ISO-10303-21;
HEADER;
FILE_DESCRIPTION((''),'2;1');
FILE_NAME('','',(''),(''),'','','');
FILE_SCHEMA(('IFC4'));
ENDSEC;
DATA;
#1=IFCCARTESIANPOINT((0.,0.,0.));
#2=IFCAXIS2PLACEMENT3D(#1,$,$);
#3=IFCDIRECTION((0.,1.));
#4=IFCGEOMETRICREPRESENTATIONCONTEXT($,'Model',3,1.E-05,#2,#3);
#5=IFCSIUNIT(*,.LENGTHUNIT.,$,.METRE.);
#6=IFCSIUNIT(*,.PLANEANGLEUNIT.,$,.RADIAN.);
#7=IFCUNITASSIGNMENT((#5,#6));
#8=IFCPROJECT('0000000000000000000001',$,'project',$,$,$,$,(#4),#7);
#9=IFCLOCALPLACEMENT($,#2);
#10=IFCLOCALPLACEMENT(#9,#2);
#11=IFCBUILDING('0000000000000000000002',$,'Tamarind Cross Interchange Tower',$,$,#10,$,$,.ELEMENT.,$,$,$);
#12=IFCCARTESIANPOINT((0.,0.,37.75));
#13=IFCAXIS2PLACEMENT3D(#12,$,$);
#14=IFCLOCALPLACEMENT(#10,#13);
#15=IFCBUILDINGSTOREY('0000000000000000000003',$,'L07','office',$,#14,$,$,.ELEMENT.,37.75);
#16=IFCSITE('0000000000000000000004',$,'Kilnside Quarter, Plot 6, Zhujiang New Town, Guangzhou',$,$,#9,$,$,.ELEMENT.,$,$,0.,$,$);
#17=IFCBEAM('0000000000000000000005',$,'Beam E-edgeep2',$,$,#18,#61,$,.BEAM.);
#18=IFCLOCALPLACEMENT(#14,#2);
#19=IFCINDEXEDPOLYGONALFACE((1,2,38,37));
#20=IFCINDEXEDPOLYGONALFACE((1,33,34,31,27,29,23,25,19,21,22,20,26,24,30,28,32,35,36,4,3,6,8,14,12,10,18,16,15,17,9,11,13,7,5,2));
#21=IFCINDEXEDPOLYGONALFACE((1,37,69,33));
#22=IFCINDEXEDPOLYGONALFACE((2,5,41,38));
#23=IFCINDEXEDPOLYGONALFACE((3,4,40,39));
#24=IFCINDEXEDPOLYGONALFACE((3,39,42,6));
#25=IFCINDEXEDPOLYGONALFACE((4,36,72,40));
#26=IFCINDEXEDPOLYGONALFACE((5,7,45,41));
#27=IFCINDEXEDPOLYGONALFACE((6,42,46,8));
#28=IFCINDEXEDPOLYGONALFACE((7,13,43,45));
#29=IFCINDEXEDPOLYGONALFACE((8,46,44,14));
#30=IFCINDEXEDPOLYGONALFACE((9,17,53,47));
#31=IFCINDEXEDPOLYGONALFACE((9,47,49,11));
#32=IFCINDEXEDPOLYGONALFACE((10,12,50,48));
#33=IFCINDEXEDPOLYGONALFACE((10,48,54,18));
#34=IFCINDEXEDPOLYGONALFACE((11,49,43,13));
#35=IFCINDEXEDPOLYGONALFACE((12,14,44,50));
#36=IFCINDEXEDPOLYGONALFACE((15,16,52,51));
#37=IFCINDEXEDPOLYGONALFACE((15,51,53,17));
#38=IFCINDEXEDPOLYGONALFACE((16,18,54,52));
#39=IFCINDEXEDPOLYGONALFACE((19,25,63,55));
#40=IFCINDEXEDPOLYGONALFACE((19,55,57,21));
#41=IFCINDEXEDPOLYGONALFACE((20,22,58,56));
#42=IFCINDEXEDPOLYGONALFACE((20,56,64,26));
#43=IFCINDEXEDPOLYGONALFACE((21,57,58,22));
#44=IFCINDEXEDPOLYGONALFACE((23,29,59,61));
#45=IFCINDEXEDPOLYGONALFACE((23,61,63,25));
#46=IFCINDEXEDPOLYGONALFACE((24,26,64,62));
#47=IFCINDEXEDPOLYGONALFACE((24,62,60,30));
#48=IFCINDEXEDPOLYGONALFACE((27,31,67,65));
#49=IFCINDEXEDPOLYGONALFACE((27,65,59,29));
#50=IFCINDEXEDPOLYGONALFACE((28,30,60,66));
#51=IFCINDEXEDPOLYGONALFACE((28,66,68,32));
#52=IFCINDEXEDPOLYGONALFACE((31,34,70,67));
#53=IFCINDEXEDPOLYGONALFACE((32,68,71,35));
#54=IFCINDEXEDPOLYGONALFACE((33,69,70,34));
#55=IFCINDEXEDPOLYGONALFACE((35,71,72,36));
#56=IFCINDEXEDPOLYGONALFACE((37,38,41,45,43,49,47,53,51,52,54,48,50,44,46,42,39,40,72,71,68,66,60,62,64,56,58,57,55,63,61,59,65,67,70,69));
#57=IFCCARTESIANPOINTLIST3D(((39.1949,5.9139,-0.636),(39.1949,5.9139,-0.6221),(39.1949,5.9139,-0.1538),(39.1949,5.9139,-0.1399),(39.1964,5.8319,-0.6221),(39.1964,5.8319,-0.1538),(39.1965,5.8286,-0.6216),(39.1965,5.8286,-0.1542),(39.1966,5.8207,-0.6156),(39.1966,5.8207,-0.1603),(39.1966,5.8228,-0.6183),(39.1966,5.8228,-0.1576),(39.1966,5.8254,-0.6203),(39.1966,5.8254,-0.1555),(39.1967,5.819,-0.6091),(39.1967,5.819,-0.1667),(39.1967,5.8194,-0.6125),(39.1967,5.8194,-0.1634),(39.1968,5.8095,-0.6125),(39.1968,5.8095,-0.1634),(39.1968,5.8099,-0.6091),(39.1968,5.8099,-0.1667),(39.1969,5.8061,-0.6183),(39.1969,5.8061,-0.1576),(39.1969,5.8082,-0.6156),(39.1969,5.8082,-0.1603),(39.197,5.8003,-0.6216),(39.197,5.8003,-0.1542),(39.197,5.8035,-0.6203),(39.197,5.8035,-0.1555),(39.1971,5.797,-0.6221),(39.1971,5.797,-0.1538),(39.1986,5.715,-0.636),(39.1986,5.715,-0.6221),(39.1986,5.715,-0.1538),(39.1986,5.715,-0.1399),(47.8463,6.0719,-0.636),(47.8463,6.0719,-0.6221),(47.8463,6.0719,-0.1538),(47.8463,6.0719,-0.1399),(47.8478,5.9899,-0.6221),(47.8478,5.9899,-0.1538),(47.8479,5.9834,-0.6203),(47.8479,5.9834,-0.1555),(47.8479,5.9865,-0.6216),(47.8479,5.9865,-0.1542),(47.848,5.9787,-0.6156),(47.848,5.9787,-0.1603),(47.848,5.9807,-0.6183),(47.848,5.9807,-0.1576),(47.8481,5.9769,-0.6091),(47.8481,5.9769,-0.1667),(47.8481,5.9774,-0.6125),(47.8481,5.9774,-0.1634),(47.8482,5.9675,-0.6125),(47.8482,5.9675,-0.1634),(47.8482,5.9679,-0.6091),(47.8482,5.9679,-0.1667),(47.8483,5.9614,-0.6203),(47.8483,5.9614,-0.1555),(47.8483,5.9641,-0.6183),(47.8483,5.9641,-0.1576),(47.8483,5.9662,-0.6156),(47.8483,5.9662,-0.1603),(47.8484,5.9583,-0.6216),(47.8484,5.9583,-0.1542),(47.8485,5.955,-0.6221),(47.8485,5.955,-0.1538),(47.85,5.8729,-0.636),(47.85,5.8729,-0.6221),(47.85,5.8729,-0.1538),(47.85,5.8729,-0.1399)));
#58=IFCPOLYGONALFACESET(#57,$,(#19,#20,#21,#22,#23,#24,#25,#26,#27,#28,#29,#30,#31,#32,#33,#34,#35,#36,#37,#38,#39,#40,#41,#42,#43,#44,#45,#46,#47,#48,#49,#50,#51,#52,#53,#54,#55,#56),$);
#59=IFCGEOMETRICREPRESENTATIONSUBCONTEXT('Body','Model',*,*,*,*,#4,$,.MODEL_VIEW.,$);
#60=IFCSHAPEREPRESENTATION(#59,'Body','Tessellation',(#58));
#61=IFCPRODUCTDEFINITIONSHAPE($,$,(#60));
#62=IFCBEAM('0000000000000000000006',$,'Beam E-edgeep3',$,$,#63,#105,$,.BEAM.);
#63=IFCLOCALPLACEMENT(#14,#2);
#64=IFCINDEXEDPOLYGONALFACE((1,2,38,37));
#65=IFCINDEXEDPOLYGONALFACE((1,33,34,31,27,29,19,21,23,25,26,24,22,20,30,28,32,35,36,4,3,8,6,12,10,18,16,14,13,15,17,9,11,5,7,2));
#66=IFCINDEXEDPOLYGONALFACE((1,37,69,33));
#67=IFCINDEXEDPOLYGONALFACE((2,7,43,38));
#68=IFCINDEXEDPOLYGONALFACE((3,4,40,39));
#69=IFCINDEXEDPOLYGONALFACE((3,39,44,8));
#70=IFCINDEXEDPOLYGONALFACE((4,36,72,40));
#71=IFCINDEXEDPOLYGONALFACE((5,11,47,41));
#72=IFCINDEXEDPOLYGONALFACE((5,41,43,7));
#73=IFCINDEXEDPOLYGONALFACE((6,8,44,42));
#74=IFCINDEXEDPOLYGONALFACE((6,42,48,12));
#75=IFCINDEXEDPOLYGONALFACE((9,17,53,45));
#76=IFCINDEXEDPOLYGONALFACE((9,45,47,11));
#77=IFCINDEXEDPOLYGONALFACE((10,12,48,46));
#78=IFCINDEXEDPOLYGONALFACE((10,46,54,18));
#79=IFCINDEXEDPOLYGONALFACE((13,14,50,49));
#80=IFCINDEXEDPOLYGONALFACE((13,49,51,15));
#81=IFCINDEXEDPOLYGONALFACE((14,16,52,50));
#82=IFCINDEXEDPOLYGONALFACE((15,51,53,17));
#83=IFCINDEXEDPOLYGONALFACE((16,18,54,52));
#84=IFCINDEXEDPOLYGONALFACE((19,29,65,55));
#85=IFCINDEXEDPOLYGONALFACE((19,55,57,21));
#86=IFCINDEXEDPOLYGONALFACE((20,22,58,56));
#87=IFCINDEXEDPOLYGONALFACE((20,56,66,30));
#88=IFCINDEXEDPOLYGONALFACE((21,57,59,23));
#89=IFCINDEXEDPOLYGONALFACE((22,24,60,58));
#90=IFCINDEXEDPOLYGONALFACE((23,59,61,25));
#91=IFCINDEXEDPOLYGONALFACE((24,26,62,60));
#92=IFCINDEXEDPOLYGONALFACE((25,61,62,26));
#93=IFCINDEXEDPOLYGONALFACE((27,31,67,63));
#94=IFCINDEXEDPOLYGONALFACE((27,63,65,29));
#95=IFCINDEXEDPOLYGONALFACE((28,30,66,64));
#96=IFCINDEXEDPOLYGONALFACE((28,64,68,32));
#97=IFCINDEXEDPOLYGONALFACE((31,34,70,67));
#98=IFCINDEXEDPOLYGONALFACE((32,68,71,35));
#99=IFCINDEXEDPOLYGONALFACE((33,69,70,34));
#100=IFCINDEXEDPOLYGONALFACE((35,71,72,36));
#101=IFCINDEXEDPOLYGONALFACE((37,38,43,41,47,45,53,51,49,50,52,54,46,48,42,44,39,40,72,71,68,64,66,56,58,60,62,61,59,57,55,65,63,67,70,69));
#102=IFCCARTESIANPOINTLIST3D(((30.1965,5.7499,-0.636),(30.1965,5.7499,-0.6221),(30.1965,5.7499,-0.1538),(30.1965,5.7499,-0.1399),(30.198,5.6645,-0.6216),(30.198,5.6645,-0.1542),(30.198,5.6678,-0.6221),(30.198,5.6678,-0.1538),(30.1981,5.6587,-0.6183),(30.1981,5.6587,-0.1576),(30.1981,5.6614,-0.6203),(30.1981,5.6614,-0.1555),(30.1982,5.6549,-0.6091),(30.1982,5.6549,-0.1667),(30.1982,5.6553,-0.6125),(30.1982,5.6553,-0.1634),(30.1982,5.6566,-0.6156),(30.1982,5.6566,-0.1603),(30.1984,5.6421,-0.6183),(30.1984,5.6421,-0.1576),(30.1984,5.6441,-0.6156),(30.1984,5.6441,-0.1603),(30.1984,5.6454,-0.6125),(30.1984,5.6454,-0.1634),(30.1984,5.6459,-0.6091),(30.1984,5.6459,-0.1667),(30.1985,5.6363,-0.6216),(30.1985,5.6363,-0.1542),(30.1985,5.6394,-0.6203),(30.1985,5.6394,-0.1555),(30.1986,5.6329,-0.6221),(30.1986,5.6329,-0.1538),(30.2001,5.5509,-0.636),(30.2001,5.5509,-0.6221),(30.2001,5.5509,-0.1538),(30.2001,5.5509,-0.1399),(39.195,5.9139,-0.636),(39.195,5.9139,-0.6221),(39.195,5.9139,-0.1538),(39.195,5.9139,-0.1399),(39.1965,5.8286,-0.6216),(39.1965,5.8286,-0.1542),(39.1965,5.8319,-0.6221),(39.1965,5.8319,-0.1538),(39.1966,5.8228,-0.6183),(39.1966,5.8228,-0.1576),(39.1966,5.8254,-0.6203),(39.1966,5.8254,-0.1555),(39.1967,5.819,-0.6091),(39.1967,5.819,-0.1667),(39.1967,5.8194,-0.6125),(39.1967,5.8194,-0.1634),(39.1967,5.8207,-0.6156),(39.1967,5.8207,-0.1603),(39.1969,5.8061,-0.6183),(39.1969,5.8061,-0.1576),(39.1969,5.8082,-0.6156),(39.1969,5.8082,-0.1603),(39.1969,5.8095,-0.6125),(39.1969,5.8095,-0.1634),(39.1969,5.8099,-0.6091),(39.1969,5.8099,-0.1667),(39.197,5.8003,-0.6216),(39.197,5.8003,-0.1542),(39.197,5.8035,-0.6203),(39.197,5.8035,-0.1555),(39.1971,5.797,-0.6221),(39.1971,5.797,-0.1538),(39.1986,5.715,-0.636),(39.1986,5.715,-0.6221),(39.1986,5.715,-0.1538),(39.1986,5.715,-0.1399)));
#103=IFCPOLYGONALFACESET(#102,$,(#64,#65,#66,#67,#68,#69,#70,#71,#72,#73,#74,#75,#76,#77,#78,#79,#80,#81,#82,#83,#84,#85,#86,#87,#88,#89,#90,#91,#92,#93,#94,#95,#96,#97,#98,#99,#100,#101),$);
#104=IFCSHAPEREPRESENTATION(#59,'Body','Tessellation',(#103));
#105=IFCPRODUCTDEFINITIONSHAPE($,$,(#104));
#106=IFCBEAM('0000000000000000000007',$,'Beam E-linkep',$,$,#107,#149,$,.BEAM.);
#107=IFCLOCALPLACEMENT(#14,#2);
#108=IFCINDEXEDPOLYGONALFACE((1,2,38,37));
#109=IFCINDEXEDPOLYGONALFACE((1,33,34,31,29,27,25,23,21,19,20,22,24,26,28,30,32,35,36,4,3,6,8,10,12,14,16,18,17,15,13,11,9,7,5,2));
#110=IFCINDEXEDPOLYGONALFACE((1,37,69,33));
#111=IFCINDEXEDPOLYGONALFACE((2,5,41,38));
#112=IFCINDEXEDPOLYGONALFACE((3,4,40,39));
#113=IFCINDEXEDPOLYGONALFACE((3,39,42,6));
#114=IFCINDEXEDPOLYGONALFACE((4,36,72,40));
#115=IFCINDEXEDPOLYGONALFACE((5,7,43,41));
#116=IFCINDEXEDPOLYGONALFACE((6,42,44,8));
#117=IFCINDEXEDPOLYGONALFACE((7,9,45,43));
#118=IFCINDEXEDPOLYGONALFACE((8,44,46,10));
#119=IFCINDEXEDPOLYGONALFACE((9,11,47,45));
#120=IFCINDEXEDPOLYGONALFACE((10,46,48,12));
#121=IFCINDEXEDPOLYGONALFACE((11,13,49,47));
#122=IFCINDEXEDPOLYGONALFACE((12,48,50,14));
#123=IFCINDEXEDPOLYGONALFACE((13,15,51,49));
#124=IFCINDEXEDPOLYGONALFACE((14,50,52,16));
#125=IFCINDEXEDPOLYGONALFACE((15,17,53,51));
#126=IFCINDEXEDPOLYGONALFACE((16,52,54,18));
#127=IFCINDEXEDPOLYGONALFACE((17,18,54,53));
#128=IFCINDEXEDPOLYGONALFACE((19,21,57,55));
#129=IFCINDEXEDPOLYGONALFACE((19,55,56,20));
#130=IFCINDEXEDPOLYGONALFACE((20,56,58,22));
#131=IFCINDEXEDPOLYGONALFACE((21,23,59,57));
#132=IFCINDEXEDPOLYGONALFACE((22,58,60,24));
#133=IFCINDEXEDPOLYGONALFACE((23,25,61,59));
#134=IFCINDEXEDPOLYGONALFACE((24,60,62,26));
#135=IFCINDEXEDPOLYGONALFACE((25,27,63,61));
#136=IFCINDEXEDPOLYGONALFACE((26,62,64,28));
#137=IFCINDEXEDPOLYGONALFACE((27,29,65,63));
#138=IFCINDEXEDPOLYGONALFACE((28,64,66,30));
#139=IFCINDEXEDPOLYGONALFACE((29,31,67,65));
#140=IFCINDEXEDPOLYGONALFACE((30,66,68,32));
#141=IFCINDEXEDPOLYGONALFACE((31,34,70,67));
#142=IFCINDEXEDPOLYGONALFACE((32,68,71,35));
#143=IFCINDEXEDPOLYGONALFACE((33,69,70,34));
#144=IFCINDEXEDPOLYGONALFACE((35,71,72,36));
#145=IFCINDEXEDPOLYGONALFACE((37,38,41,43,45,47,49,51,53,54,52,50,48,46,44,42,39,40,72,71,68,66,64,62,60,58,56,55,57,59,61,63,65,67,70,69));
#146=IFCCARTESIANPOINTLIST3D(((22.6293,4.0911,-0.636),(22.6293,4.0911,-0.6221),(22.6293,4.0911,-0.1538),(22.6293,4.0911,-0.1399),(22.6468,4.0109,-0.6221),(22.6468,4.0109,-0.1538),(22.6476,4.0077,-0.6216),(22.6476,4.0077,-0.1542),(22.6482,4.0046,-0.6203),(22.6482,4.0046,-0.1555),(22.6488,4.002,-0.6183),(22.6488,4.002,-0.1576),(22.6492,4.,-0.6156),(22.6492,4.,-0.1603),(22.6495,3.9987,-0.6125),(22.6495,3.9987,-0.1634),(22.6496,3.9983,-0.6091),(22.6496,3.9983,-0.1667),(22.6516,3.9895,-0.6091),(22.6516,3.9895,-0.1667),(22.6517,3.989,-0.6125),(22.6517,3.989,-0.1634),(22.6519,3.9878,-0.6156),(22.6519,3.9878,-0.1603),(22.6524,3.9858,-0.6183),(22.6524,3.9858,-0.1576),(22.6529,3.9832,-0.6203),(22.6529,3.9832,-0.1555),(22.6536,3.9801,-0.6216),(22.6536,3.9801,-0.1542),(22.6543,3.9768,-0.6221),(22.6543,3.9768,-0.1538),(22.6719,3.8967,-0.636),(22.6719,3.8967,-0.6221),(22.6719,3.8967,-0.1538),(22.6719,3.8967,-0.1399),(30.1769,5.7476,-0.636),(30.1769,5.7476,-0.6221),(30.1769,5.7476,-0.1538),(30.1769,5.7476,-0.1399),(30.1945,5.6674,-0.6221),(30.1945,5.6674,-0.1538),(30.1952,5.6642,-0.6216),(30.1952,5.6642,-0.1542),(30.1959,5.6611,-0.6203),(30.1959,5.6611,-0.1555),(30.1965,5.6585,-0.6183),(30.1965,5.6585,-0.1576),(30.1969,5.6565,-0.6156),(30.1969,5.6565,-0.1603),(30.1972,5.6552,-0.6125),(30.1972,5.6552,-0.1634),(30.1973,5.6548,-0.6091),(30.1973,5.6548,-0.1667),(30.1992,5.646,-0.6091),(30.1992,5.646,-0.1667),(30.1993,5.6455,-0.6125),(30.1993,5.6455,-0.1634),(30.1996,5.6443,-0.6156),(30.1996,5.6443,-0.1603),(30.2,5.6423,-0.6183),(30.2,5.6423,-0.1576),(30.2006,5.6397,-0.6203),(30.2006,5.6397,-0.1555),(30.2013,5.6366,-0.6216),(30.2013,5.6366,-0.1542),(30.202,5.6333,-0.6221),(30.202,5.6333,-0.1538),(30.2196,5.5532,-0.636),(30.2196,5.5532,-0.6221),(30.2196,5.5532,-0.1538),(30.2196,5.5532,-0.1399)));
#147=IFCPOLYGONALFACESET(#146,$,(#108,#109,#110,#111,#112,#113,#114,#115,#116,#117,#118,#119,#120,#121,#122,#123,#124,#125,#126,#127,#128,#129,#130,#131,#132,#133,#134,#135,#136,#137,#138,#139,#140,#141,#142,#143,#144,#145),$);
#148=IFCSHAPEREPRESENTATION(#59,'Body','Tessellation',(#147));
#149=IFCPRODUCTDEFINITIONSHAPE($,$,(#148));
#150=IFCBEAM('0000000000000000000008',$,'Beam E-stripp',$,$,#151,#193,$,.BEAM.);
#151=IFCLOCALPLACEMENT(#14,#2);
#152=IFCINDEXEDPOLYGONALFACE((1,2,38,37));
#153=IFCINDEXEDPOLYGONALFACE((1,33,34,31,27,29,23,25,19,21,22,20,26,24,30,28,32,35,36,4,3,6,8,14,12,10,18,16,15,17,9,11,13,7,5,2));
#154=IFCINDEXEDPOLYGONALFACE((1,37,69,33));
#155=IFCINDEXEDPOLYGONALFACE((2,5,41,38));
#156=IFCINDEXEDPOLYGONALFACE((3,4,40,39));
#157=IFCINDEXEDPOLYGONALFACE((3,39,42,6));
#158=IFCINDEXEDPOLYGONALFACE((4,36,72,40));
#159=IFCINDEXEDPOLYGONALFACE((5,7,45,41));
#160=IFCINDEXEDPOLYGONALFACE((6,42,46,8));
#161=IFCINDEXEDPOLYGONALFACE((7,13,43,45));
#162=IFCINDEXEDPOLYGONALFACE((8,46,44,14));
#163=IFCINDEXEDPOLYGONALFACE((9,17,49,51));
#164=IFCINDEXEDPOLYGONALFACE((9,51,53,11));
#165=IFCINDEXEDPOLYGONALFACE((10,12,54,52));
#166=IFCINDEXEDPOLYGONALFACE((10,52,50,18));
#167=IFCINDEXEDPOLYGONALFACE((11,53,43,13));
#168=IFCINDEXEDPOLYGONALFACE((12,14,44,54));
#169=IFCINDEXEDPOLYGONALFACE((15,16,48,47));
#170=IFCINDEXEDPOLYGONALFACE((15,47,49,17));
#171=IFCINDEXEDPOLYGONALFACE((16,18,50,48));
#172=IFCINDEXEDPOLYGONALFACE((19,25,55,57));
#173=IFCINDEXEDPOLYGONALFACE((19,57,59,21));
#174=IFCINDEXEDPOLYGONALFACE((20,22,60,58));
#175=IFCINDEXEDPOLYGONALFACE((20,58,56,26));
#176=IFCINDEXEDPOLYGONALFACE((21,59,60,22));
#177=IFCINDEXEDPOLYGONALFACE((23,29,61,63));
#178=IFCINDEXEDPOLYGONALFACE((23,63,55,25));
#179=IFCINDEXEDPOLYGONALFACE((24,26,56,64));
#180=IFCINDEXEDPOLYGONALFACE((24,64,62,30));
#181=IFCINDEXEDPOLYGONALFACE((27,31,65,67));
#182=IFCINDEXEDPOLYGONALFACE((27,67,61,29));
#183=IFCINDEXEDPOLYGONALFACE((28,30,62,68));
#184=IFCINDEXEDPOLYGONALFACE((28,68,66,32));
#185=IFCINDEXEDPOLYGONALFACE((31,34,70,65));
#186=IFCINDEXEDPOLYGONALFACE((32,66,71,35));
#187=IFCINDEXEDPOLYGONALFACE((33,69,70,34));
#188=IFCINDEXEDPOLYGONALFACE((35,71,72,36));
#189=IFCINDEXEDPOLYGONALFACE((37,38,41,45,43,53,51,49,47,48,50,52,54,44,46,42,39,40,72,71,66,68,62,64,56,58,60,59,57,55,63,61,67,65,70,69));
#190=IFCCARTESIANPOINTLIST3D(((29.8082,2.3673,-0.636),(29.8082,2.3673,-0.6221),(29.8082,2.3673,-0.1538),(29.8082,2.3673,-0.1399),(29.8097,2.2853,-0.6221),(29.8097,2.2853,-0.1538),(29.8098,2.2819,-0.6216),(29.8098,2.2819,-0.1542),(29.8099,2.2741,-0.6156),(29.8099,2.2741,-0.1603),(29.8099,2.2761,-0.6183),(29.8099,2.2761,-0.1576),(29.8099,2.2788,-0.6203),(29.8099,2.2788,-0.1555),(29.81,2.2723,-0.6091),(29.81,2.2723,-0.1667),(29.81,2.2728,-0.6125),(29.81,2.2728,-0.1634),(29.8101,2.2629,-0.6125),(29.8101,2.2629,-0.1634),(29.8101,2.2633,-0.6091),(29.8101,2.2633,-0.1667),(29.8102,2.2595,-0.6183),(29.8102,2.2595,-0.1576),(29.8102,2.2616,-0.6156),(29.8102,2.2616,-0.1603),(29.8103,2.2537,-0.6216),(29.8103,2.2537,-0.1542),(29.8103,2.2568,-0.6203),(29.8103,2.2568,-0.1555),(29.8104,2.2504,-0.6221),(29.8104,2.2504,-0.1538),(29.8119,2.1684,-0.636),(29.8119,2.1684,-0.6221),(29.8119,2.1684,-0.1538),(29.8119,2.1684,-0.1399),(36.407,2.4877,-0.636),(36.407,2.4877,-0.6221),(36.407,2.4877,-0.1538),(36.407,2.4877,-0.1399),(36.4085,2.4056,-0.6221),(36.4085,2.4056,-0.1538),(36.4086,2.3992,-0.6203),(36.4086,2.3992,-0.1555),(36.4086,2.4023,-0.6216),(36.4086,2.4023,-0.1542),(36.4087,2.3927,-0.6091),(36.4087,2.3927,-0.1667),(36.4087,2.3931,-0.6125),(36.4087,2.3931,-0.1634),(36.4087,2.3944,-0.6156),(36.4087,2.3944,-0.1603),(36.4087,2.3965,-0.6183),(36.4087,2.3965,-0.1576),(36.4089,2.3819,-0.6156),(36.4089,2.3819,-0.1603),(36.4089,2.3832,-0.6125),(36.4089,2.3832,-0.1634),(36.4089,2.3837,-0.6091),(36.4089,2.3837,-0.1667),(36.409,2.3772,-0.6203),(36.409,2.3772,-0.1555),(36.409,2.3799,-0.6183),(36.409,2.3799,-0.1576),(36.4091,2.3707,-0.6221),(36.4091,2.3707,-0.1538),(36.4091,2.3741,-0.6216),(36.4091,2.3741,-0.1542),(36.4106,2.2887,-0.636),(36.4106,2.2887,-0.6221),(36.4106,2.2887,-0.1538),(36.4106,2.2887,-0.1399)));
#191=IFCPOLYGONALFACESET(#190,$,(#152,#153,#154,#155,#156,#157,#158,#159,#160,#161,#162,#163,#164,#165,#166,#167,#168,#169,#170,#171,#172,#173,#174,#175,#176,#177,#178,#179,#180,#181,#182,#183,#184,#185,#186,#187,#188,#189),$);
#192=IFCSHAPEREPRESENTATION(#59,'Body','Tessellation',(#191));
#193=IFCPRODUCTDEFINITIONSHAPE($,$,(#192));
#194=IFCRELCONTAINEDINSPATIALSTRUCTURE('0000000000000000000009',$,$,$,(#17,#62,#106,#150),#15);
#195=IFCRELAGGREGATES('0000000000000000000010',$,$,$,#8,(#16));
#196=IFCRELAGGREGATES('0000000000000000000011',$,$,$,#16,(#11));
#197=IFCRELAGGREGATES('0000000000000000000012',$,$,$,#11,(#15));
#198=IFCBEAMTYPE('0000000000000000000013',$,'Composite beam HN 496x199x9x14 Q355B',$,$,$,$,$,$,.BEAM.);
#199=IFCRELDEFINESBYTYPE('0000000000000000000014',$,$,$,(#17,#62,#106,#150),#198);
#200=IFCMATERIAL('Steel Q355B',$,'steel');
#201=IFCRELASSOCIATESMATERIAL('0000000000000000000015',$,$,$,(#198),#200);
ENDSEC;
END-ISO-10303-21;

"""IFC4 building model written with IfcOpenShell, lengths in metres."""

from ifc_helpers import new_model, si_unit, direction, frame, origin, origin_2d, place, context, subcontext, project, spatial, i_section, extrude, material, material_profile, profile_set, type_object, element, save


model = new_model("IFC4")

# Units and contexts
model_context = context("Model", 3, precision=1e-05, world=origin(), true_north=direction((0.0, 1.0)))
body_context = subcontext(model_context, "Body", "Model", "MODEL_VIEW")
ifc_project = project(units=[si_unit("LENGTHUNIT", "METRE"), si_unit("PLANEANGLEUNIT", "RADIAN")], contexts=[model_context])

# Site, building, storey
site_placement = place(None, origin())
site = spatial("IfcSite", under=ifc_project, at=site_placement, Name="Kilnside Quarter, Plot 6, Zhujiang New Town, Guangzhou", CompositionType="ELEMENT", RefElevation=0.0)
building_placement = place(site_placement, origin())
building = spatial("IfcBuilding", under=site, at=building_placement, Name="Tamarind Cross Interchange Tower", CompositionType="ELEMENT")
storey_placement = place(building_placement, frame((0.0, 0.0, 37.75)))
storey = spatial("IfcBuildingStorey", under=building, at=storey_placement, Name="L07", Description="office", CompositionType="ELEMENT", Elevation=37.75)

# Beams
ifc_material_1 = material(Name="Steel Q355B", Category="steel")
ifc_material_profile_1 = material_profile(ifc_material_1, i_section(OverallWidth=0.199, OverallDepth=0.4961, WebThickness=0.009, FlangeThickness=0.0139, FilletRadius=0.0129, at=origin_2d()), Name="HN 496x199x9x14")
ifc_profile_set_1 = profile_set([ifc_material_profile_1], Name="Steel Q355B")
beam_type_1 = type_object("IfcBeamType", Name="Composite beam HN 496x199x9x14 Q355B", PredefinedType="BEAM", material=ifc_profile_set_1)
beam_1_placement = place(storey_placement, frame((47.8481, 5.9724, -0.3879), z_axis=(-0.999833, -0.018255, 0.0), x_axis=(0.018255, -0.999833, 0.0)))
element("IfcBeam", 1, at=beam_1_placement, inside=storey, type_object=beam_type_1, Name="Beam E-edgeep2", PredefinedType="BEAM", context=body_context, shape_type="SweptSolid", body=[
    extrude(i_section(OverallWidth=0.199, OverallDepth=0.4961, WebThickness=0.009, FlangeThickness=0.0139, FilletRadius=0.0129, at=origin_2d()), origin(), (0.0, 0.0, 1.0), 8.6528),
])
beam_2_placement = place(storey_placement, frame((39.1968, 5.8145, -0.3879), z_axis=(-0.999834, -0.018229, 0.0), x_axis=(0.018229, -0.999834, 0.0)))
element("IfcBeam", 2, at=beam_2_placement, inside=storey, type_object=beam_type_1, Name="Beam E-edgeep3", PredefinedType="BEAM", context=body_context, shape_type="SweptSolid", body=[
    extrude(i_section(OverallWidth=0.199, OverallDepth=0.4961, WebThickness=0.009, FlangeThickness=0.0139, FilletRadius=0.0129, at=origin_2d()), origin(), (0.0, 0.0, 1.0), 9.0),
])
beam_3_placement = place(storey_placement, frame((30.1982, 5.6504, -0.3879), z_axis=(-0.976752, -0.214371, 0.0), x_axis=(0.214371, -0.976752, 0.0)))
element("IfcBeam", 3, at=beam_3_placement, inside=storey, type_object=beam_type_1, Name="Beam E-linkep", PredefinedType="BEAM", context=body_context, shape_type="SweptSolid", body=[
    extrude(i_section(OverallWidth=0.199, OverallDepth=0.4961, WebThickness=0.009, FlangeThickness=0.0139, FilletRadius=0.0129, at=origin_2d()), origin(), (0.0, 0.0, 1.0), 7.7273),
])
beam_4_placement = place(storey_placement, frame((29.8101, 2.2678, -0.3879), z_axis=(0.999834, 0.018237, 0.0), x_axis=(-0.018237, 0.999834, 0.0)))
element("IfcBeam", 4, at=beam_4_placement, inside=storey, type_object=beam_type_1, Name="Beam E-stripp", PredefinedType="BEAM", context=body_context, shape_type="SweptSolid", body=[
    extrude(i_section(OverallWidth=0.199, OverallDepth=0.4961, WebThickness=0.009, FlangeThickness=0.0139, FilletRadius=0.0129, at=origin_2d()), origin(), (0.0, 0.0, 1.0), 6.5999),
])

save(model, "model.ifc")
